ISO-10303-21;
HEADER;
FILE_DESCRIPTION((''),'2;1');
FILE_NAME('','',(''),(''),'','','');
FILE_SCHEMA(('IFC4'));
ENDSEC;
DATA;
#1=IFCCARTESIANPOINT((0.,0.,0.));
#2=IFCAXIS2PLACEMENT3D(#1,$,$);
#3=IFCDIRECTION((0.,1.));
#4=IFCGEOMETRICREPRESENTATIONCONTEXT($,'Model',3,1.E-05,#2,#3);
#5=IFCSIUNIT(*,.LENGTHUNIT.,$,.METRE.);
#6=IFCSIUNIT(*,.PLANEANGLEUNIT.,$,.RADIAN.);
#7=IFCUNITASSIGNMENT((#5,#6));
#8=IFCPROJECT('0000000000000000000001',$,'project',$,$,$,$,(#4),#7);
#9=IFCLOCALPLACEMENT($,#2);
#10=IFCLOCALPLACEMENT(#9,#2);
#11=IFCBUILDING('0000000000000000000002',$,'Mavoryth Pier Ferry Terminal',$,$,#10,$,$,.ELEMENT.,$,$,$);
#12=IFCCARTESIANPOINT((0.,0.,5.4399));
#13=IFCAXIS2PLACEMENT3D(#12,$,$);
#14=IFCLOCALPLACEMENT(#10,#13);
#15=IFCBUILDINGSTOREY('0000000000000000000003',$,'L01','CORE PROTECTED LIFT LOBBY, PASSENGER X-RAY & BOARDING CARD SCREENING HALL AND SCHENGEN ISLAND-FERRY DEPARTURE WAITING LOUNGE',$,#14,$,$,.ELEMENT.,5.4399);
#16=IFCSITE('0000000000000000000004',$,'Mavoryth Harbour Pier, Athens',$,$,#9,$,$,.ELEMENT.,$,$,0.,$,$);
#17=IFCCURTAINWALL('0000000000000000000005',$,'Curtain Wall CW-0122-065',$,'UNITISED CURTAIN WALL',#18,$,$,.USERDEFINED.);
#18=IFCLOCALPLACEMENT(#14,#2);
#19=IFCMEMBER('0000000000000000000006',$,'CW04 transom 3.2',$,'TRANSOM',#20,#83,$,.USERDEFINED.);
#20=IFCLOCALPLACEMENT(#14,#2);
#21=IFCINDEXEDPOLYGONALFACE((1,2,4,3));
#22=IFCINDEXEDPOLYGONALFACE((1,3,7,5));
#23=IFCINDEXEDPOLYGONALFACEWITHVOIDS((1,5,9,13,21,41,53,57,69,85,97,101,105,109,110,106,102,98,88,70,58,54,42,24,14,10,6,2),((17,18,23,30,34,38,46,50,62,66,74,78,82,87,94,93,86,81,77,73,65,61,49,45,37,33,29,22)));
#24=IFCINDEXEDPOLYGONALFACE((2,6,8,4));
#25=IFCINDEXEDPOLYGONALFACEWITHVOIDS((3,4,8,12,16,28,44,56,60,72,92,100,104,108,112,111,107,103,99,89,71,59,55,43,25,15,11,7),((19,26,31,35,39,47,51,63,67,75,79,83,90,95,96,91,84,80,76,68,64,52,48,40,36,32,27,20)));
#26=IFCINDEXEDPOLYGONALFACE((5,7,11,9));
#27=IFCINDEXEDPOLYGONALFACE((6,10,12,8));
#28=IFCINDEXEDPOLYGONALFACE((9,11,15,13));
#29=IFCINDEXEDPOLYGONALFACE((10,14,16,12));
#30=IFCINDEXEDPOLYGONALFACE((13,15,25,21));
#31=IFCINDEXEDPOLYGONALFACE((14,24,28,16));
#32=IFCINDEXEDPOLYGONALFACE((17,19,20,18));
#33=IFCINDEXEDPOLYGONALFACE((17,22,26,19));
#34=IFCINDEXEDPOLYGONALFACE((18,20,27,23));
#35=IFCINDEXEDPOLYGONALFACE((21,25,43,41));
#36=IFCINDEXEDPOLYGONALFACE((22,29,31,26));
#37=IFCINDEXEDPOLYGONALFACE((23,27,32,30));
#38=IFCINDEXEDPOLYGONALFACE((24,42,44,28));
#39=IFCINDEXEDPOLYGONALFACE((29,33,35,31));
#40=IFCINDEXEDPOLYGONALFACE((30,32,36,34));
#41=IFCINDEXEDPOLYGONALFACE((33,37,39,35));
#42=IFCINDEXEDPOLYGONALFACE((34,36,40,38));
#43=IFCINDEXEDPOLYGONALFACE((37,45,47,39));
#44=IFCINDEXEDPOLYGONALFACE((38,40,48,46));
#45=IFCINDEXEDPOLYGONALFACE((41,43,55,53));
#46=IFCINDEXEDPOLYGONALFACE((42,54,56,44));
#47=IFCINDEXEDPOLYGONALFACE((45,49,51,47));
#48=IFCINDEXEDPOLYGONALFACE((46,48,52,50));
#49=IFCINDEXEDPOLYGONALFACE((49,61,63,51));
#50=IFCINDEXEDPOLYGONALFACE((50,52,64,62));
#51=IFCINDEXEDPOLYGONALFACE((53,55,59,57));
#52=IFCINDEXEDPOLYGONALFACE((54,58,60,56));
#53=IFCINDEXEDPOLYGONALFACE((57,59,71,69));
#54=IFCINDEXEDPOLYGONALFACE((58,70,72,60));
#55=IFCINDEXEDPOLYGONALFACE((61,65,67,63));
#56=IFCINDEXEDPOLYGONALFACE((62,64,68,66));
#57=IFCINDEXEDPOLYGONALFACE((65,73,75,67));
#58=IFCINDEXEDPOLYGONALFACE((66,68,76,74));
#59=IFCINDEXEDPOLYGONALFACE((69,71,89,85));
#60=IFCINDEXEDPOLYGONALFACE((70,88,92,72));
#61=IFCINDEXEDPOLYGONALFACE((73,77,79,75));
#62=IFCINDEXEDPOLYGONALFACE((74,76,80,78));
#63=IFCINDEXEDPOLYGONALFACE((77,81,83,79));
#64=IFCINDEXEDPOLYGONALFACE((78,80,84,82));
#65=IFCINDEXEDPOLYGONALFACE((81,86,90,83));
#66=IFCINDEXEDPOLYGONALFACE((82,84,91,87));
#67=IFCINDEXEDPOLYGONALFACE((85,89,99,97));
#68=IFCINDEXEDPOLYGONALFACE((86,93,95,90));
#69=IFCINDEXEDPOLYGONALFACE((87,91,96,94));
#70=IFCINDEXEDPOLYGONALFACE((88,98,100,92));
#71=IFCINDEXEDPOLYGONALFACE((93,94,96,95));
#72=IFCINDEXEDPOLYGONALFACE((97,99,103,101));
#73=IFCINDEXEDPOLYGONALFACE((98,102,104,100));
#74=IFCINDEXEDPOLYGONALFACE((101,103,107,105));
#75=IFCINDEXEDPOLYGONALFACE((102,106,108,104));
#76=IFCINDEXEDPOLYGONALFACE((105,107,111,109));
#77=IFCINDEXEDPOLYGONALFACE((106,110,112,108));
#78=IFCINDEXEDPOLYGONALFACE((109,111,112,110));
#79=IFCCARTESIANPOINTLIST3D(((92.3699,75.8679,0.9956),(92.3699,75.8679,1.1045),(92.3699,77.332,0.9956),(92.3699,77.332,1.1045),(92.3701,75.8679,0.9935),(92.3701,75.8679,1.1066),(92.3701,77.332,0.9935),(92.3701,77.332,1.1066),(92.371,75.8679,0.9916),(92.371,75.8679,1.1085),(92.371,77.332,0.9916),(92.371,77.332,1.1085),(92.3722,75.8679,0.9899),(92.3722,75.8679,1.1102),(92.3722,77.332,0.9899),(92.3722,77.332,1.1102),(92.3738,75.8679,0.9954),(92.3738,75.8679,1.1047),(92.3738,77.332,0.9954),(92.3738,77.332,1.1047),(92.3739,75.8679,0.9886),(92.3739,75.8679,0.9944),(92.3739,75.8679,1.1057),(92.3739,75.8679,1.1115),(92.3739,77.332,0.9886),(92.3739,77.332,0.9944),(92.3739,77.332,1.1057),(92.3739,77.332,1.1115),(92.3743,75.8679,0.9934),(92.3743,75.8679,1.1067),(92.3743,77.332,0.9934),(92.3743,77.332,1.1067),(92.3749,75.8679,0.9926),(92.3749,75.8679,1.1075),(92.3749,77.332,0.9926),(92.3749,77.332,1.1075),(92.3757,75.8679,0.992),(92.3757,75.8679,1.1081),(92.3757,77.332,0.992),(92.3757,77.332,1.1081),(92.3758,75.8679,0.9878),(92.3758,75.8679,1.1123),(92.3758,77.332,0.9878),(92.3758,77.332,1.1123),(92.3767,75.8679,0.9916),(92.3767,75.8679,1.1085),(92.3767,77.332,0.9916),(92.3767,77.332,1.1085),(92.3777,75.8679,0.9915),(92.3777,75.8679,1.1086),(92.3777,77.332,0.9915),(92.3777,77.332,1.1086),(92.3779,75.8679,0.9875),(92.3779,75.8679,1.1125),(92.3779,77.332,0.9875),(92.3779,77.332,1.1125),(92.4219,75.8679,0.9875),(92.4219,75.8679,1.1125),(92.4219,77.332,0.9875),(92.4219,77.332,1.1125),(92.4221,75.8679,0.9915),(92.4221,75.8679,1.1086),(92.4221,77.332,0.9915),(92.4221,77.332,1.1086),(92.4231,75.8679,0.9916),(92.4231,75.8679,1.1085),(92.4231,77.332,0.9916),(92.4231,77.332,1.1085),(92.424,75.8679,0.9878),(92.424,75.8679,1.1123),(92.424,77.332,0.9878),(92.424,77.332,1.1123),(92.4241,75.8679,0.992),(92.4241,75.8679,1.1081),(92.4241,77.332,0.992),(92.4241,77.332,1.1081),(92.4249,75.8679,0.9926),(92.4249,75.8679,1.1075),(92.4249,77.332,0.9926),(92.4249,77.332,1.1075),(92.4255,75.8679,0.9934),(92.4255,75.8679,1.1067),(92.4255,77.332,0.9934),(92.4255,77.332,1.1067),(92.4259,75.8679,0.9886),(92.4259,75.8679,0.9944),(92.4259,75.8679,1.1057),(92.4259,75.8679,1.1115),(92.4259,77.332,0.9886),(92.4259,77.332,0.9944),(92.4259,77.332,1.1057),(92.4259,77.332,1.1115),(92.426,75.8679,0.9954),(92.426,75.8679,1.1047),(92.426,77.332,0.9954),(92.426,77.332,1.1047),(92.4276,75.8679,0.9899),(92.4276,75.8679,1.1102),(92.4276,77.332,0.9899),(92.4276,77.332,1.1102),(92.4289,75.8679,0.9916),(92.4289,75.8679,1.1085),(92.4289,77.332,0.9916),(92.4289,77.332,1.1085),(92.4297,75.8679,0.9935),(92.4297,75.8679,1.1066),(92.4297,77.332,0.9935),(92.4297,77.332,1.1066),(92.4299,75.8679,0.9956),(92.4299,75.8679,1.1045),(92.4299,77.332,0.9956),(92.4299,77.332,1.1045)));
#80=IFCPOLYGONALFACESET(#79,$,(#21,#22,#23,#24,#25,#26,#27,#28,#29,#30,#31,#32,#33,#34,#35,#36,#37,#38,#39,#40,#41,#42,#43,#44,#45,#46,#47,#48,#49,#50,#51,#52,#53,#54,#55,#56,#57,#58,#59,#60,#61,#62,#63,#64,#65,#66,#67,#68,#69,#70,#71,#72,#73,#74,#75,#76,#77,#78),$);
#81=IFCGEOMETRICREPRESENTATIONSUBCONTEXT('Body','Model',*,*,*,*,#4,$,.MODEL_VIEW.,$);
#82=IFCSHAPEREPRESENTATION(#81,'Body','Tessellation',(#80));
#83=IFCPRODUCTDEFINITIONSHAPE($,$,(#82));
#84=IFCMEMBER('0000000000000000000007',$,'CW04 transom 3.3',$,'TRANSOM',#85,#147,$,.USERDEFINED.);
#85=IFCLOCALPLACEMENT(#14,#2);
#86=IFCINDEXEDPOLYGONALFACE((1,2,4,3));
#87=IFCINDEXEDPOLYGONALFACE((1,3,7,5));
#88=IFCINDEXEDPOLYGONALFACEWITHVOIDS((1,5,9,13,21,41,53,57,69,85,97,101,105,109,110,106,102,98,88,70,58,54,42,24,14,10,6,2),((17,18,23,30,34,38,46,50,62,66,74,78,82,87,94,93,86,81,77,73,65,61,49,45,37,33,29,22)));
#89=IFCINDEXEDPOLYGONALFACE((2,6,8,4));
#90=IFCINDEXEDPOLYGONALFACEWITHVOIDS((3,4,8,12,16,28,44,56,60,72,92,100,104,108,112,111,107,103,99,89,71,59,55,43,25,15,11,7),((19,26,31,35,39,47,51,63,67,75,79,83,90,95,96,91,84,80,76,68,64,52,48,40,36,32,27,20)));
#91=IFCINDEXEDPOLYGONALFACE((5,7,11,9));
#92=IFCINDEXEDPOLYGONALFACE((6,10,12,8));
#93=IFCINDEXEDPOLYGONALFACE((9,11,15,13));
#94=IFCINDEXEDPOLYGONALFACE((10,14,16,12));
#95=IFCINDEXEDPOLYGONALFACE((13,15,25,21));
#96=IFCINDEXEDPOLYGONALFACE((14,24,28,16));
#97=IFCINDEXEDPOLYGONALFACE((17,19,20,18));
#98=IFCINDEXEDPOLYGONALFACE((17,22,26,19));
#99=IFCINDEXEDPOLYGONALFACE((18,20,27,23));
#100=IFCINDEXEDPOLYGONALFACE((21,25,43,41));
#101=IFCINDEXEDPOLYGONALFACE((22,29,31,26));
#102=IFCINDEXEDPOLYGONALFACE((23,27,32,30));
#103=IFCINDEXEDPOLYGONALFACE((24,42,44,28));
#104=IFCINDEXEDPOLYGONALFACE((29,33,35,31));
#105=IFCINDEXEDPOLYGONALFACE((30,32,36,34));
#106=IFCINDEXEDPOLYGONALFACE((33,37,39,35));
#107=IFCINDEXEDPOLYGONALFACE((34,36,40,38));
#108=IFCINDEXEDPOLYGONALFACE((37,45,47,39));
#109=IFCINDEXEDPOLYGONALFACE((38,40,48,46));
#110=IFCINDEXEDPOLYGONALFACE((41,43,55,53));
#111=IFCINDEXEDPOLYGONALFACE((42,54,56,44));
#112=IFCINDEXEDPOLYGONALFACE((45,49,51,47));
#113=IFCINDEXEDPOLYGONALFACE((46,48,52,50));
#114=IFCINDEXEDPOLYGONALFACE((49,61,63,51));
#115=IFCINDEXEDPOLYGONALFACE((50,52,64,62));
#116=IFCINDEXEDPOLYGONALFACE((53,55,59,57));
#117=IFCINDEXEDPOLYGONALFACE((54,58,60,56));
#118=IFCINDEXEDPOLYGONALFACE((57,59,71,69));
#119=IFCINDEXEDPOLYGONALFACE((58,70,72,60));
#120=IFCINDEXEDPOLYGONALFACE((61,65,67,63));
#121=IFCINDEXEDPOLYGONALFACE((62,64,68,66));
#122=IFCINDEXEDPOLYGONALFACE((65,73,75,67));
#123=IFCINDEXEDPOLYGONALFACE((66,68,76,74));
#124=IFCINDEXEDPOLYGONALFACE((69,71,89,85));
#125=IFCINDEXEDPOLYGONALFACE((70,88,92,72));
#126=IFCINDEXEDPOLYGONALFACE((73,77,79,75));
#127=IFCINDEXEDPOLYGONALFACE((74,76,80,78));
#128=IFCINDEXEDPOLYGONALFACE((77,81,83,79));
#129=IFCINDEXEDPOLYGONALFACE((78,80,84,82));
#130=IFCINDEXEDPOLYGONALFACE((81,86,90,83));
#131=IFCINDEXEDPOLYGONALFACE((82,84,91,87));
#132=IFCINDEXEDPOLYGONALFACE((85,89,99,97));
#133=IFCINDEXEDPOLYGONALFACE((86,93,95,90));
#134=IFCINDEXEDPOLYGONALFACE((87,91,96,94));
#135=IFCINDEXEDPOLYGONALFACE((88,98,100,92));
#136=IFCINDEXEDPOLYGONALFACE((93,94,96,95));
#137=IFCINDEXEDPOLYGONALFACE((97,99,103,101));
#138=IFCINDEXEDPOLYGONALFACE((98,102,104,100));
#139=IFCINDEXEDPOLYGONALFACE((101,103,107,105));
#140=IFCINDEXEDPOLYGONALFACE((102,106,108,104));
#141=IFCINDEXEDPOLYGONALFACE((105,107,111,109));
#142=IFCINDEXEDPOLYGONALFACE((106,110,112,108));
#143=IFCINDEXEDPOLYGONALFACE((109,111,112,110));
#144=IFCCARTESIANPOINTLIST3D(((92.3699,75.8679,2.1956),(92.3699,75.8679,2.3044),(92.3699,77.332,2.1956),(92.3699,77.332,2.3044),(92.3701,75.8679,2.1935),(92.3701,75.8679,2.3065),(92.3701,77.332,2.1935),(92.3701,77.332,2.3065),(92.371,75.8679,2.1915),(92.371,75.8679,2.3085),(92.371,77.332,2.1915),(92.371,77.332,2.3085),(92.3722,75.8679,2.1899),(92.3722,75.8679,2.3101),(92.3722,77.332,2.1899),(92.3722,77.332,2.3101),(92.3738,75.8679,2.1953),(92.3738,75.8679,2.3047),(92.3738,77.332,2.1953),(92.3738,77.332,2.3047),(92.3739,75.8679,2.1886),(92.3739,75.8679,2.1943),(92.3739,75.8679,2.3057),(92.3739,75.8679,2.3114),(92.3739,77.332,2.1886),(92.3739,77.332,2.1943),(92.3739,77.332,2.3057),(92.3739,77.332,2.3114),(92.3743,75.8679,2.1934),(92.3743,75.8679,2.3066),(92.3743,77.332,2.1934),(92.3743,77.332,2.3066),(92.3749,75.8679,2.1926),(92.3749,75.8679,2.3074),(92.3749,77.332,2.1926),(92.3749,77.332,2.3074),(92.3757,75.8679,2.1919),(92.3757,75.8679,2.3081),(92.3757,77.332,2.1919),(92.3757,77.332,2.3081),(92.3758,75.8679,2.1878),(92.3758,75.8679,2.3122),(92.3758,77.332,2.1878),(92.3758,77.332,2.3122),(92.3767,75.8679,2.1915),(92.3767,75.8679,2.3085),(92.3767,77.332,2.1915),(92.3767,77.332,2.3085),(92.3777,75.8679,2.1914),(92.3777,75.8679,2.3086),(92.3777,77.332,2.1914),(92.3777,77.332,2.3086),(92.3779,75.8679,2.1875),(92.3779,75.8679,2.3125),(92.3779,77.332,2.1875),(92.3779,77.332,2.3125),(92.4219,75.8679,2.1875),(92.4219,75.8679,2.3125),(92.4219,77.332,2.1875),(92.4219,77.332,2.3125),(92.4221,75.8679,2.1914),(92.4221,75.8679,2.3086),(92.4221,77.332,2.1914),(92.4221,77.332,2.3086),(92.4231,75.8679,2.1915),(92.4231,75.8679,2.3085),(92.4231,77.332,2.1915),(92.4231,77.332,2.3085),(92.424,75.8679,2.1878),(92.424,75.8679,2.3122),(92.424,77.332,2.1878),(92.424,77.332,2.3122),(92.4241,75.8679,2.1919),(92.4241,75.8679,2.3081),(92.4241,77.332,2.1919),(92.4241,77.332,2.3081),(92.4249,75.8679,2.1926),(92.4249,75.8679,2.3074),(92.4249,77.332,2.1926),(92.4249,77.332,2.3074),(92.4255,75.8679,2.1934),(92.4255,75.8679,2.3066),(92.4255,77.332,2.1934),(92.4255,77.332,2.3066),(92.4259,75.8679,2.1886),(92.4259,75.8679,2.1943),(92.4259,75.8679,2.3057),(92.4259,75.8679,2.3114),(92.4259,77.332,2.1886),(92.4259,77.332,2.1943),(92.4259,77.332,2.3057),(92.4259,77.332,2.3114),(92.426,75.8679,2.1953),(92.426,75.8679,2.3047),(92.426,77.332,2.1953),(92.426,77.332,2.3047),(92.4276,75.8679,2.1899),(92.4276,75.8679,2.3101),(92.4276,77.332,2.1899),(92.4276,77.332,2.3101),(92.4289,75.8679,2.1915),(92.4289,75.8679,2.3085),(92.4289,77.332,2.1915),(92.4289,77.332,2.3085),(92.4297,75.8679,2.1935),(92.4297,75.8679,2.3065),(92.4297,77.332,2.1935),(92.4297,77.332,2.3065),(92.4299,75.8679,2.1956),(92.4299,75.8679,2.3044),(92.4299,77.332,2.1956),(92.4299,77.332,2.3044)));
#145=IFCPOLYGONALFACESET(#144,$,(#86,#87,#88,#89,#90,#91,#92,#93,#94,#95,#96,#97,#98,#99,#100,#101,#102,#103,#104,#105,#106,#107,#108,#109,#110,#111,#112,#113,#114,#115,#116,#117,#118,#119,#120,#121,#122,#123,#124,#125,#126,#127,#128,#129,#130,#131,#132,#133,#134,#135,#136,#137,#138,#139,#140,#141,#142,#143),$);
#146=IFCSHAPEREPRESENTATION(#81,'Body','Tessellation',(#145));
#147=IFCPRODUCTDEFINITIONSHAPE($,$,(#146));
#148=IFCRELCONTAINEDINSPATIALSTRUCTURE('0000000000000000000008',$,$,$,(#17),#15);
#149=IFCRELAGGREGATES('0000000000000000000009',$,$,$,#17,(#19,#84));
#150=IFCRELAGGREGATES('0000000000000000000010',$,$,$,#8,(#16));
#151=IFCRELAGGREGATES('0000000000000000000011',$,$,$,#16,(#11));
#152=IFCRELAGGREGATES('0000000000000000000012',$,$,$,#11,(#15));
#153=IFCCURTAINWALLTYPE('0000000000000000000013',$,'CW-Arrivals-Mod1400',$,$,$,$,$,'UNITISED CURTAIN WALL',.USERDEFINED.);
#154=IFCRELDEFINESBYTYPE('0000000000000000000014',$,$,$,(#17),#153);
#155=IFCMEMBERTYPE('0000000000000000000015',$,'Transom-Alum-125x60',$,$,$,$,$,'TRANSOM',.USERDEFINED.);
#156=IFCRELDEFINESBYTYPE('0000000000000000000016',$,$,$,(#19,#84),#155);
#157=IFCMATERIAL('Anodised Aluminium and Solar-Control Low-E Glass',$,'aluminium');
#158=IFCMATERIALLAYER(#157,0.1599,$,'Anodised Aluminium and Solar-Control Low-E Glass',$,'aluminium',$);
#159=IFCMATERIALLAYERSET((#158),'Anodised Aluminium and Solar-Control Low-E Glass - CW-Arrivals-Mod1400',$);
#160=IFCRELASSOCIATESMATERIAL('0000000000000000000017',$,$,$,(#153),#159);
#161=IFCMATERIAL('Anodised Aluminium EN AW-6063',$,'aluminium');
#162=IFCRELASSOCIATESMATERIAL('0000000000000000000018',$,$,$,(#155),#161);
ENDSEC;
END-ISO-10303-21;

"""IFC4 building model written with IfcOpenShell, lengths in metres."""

from ifc_helpers import new_model, si_unit, direction, frame, origin, origin_2d, place, context, subcontext, project, spatial, hollow_rectangle, extrude, material, layer, layer_set, material_profile, profile_set, type_object, element, aggregate, save


model = new_model("IFC4")

# Units and contexts
model_context = context("Model", 3, precision=1e-05, world=origin(), true_north=direction((0.0, 1.0)))
body_context = subcontext(model_context, "Body", "Model", "MODEL_VIEW")
ifc_project = project(units=[si_unit("LENGTHUNIT", "METRE"), si_unit("PLANEANGLEUNIT", "RADIAN")], contexts=[model_context])

# Site, building, storey
site_placement = place(None, origin())
site = spatial("IfcSite", under=ifc_project, at=site_placement, Name="Mavoryth Harbour Pier, Athens", CompositionType="ELEMENT", RefElevation=0.0)
building_placement = place(site_placement, origin())
building = spatial("IfcBuilding", under=site, at=building_placement, Name="Mavoryth Pier Ferry Terminal", CompositionType="ELEMENT")
storey_placement = place(building_placement, frame((0.0, 0.0, 5.4399)))
storey = spatial("IfcBuildingStorey", under=building, at=storey_placement, Name="L01", Description="CORE PROTECTED LIFT LOBBY, PASSENGER X-RAY & BOARDING CARD SCREENING HALL AND SCHENGEN ISLAND-FERRY DEPARTURE WAITING LOUNGE", CompositionType="ELEMENT", Elevation=5.4399)

# Curtain wall
ifc_material_1 = material(Name="Anodised Aluminium and Solar-Control Low-E Glass", Category="aluminium")
ifc_layer_1 = layer(ifc_material_1, 0.1599, Name="Anodised Aluminium and Solar-Control Low-E Glass", Category="aluminium")
ifc_layer_set_1 = layer_set([ifc_layer_1], Name="Anodised Aluminium and Solar-Control Low-E Glass - CW-Arrivals-Mod1400")
curtain_wall_type = type_object("IfcCurtainWallType", Name="CW-Arrivals-Mod1400", ElementType="UNITISED CURTAIN WALL", PredefinedType="USERDEFINED", material=ifc_layer_set_1)
curtain_wall_1_placement = place(storey_placement, origin())
curtain_wall_1 = element("IfcCurtainWall", 1, at=curtain_wall_1_placement, inside=storey, type_object=curtain_wall_type, Name="Curtain Wall CW-0122-065", ObjectType="UNITISED CURTAIN WALL", PredefinedType="USERDEFINED")
ifc_material_2 = material(Name="Anodised Aluminium EN AW-6063", Category="aluminium")

# Members
ifc_material_profile_1 = material_profile(ifc_material_2, hollow_rectangle(XDim=0.0601, YDim=0.125, WallThickness=0.0039, InnerFilletRadius=0.0039, OuterFilletRadius=0.0081, at=origin_2d()), Name="AL-TRAN 125x60x4", Category="aluminium")
ifc_profile_set_1 = profile_set([ifc_material_profile_1], Name="Anodised Aluminium EN AW-6063 - AL-TRAN 125x60x4")
member_type_1 = type_object("IfcMemberType", Name="Transom-Alum-125x60", ElementType="TRANSOM", PredefinedType="USERDEFINED", material=ifc_profile_set_1)
member_1_placement = place(storey_placement, frame((92.3999, 75.8679, 1.05), z_axis=(0.0, 1.0, 0.0), x_axis=(-1.0, 0.0, 0.0)))
member_1 = element("IfcMember", 2, at=member_1_placement, type_object=member_type_1, Name="CW04 transom 3.2", ObjectType="TRANSOM", PredefinedType="USERDEFINED", context=body_context, shape_type="SweptSolid", body=[
    extrude(hollow_rectangle(XDim=0.0601, YDim=0.125, WallThickness=0.0039, InnerFilletRadius=0.0039, OuterFilletRadius=0.0081, at=origin_2d()), origin(), (0.0, 0.0, 1.0), 1.4641),
])
member_2_placement = place(storey_placement, frame((92.3999, 75.8679, 2.25), z_axis=(0.0, 1.0, 0.0), x_axis=(-1.0, 0.0, 0.0)))
member_2 = element("IfcMember", 3, at=member_2_placement, type_object=member_type_1, Name="CW04 transom 3.3", ObjectType="TRANSOM", PredefinedType="USERDEFINED", context=body_context, shape_type="SweptSolid", body=[
    extrude(hollow_rectangle(XDim=0.0601, YDim=0.125, WallThickness=0.0039, InnerFilletRadius=0.0039, OuterFilletRadius=0.0081, at=origin_2d()), origin(), (0.0, 0.0, 1.0), 1.4641),
])

aggregate(curtain_wall_1, [member_1, member_2])

save(model, "model.ifc")
